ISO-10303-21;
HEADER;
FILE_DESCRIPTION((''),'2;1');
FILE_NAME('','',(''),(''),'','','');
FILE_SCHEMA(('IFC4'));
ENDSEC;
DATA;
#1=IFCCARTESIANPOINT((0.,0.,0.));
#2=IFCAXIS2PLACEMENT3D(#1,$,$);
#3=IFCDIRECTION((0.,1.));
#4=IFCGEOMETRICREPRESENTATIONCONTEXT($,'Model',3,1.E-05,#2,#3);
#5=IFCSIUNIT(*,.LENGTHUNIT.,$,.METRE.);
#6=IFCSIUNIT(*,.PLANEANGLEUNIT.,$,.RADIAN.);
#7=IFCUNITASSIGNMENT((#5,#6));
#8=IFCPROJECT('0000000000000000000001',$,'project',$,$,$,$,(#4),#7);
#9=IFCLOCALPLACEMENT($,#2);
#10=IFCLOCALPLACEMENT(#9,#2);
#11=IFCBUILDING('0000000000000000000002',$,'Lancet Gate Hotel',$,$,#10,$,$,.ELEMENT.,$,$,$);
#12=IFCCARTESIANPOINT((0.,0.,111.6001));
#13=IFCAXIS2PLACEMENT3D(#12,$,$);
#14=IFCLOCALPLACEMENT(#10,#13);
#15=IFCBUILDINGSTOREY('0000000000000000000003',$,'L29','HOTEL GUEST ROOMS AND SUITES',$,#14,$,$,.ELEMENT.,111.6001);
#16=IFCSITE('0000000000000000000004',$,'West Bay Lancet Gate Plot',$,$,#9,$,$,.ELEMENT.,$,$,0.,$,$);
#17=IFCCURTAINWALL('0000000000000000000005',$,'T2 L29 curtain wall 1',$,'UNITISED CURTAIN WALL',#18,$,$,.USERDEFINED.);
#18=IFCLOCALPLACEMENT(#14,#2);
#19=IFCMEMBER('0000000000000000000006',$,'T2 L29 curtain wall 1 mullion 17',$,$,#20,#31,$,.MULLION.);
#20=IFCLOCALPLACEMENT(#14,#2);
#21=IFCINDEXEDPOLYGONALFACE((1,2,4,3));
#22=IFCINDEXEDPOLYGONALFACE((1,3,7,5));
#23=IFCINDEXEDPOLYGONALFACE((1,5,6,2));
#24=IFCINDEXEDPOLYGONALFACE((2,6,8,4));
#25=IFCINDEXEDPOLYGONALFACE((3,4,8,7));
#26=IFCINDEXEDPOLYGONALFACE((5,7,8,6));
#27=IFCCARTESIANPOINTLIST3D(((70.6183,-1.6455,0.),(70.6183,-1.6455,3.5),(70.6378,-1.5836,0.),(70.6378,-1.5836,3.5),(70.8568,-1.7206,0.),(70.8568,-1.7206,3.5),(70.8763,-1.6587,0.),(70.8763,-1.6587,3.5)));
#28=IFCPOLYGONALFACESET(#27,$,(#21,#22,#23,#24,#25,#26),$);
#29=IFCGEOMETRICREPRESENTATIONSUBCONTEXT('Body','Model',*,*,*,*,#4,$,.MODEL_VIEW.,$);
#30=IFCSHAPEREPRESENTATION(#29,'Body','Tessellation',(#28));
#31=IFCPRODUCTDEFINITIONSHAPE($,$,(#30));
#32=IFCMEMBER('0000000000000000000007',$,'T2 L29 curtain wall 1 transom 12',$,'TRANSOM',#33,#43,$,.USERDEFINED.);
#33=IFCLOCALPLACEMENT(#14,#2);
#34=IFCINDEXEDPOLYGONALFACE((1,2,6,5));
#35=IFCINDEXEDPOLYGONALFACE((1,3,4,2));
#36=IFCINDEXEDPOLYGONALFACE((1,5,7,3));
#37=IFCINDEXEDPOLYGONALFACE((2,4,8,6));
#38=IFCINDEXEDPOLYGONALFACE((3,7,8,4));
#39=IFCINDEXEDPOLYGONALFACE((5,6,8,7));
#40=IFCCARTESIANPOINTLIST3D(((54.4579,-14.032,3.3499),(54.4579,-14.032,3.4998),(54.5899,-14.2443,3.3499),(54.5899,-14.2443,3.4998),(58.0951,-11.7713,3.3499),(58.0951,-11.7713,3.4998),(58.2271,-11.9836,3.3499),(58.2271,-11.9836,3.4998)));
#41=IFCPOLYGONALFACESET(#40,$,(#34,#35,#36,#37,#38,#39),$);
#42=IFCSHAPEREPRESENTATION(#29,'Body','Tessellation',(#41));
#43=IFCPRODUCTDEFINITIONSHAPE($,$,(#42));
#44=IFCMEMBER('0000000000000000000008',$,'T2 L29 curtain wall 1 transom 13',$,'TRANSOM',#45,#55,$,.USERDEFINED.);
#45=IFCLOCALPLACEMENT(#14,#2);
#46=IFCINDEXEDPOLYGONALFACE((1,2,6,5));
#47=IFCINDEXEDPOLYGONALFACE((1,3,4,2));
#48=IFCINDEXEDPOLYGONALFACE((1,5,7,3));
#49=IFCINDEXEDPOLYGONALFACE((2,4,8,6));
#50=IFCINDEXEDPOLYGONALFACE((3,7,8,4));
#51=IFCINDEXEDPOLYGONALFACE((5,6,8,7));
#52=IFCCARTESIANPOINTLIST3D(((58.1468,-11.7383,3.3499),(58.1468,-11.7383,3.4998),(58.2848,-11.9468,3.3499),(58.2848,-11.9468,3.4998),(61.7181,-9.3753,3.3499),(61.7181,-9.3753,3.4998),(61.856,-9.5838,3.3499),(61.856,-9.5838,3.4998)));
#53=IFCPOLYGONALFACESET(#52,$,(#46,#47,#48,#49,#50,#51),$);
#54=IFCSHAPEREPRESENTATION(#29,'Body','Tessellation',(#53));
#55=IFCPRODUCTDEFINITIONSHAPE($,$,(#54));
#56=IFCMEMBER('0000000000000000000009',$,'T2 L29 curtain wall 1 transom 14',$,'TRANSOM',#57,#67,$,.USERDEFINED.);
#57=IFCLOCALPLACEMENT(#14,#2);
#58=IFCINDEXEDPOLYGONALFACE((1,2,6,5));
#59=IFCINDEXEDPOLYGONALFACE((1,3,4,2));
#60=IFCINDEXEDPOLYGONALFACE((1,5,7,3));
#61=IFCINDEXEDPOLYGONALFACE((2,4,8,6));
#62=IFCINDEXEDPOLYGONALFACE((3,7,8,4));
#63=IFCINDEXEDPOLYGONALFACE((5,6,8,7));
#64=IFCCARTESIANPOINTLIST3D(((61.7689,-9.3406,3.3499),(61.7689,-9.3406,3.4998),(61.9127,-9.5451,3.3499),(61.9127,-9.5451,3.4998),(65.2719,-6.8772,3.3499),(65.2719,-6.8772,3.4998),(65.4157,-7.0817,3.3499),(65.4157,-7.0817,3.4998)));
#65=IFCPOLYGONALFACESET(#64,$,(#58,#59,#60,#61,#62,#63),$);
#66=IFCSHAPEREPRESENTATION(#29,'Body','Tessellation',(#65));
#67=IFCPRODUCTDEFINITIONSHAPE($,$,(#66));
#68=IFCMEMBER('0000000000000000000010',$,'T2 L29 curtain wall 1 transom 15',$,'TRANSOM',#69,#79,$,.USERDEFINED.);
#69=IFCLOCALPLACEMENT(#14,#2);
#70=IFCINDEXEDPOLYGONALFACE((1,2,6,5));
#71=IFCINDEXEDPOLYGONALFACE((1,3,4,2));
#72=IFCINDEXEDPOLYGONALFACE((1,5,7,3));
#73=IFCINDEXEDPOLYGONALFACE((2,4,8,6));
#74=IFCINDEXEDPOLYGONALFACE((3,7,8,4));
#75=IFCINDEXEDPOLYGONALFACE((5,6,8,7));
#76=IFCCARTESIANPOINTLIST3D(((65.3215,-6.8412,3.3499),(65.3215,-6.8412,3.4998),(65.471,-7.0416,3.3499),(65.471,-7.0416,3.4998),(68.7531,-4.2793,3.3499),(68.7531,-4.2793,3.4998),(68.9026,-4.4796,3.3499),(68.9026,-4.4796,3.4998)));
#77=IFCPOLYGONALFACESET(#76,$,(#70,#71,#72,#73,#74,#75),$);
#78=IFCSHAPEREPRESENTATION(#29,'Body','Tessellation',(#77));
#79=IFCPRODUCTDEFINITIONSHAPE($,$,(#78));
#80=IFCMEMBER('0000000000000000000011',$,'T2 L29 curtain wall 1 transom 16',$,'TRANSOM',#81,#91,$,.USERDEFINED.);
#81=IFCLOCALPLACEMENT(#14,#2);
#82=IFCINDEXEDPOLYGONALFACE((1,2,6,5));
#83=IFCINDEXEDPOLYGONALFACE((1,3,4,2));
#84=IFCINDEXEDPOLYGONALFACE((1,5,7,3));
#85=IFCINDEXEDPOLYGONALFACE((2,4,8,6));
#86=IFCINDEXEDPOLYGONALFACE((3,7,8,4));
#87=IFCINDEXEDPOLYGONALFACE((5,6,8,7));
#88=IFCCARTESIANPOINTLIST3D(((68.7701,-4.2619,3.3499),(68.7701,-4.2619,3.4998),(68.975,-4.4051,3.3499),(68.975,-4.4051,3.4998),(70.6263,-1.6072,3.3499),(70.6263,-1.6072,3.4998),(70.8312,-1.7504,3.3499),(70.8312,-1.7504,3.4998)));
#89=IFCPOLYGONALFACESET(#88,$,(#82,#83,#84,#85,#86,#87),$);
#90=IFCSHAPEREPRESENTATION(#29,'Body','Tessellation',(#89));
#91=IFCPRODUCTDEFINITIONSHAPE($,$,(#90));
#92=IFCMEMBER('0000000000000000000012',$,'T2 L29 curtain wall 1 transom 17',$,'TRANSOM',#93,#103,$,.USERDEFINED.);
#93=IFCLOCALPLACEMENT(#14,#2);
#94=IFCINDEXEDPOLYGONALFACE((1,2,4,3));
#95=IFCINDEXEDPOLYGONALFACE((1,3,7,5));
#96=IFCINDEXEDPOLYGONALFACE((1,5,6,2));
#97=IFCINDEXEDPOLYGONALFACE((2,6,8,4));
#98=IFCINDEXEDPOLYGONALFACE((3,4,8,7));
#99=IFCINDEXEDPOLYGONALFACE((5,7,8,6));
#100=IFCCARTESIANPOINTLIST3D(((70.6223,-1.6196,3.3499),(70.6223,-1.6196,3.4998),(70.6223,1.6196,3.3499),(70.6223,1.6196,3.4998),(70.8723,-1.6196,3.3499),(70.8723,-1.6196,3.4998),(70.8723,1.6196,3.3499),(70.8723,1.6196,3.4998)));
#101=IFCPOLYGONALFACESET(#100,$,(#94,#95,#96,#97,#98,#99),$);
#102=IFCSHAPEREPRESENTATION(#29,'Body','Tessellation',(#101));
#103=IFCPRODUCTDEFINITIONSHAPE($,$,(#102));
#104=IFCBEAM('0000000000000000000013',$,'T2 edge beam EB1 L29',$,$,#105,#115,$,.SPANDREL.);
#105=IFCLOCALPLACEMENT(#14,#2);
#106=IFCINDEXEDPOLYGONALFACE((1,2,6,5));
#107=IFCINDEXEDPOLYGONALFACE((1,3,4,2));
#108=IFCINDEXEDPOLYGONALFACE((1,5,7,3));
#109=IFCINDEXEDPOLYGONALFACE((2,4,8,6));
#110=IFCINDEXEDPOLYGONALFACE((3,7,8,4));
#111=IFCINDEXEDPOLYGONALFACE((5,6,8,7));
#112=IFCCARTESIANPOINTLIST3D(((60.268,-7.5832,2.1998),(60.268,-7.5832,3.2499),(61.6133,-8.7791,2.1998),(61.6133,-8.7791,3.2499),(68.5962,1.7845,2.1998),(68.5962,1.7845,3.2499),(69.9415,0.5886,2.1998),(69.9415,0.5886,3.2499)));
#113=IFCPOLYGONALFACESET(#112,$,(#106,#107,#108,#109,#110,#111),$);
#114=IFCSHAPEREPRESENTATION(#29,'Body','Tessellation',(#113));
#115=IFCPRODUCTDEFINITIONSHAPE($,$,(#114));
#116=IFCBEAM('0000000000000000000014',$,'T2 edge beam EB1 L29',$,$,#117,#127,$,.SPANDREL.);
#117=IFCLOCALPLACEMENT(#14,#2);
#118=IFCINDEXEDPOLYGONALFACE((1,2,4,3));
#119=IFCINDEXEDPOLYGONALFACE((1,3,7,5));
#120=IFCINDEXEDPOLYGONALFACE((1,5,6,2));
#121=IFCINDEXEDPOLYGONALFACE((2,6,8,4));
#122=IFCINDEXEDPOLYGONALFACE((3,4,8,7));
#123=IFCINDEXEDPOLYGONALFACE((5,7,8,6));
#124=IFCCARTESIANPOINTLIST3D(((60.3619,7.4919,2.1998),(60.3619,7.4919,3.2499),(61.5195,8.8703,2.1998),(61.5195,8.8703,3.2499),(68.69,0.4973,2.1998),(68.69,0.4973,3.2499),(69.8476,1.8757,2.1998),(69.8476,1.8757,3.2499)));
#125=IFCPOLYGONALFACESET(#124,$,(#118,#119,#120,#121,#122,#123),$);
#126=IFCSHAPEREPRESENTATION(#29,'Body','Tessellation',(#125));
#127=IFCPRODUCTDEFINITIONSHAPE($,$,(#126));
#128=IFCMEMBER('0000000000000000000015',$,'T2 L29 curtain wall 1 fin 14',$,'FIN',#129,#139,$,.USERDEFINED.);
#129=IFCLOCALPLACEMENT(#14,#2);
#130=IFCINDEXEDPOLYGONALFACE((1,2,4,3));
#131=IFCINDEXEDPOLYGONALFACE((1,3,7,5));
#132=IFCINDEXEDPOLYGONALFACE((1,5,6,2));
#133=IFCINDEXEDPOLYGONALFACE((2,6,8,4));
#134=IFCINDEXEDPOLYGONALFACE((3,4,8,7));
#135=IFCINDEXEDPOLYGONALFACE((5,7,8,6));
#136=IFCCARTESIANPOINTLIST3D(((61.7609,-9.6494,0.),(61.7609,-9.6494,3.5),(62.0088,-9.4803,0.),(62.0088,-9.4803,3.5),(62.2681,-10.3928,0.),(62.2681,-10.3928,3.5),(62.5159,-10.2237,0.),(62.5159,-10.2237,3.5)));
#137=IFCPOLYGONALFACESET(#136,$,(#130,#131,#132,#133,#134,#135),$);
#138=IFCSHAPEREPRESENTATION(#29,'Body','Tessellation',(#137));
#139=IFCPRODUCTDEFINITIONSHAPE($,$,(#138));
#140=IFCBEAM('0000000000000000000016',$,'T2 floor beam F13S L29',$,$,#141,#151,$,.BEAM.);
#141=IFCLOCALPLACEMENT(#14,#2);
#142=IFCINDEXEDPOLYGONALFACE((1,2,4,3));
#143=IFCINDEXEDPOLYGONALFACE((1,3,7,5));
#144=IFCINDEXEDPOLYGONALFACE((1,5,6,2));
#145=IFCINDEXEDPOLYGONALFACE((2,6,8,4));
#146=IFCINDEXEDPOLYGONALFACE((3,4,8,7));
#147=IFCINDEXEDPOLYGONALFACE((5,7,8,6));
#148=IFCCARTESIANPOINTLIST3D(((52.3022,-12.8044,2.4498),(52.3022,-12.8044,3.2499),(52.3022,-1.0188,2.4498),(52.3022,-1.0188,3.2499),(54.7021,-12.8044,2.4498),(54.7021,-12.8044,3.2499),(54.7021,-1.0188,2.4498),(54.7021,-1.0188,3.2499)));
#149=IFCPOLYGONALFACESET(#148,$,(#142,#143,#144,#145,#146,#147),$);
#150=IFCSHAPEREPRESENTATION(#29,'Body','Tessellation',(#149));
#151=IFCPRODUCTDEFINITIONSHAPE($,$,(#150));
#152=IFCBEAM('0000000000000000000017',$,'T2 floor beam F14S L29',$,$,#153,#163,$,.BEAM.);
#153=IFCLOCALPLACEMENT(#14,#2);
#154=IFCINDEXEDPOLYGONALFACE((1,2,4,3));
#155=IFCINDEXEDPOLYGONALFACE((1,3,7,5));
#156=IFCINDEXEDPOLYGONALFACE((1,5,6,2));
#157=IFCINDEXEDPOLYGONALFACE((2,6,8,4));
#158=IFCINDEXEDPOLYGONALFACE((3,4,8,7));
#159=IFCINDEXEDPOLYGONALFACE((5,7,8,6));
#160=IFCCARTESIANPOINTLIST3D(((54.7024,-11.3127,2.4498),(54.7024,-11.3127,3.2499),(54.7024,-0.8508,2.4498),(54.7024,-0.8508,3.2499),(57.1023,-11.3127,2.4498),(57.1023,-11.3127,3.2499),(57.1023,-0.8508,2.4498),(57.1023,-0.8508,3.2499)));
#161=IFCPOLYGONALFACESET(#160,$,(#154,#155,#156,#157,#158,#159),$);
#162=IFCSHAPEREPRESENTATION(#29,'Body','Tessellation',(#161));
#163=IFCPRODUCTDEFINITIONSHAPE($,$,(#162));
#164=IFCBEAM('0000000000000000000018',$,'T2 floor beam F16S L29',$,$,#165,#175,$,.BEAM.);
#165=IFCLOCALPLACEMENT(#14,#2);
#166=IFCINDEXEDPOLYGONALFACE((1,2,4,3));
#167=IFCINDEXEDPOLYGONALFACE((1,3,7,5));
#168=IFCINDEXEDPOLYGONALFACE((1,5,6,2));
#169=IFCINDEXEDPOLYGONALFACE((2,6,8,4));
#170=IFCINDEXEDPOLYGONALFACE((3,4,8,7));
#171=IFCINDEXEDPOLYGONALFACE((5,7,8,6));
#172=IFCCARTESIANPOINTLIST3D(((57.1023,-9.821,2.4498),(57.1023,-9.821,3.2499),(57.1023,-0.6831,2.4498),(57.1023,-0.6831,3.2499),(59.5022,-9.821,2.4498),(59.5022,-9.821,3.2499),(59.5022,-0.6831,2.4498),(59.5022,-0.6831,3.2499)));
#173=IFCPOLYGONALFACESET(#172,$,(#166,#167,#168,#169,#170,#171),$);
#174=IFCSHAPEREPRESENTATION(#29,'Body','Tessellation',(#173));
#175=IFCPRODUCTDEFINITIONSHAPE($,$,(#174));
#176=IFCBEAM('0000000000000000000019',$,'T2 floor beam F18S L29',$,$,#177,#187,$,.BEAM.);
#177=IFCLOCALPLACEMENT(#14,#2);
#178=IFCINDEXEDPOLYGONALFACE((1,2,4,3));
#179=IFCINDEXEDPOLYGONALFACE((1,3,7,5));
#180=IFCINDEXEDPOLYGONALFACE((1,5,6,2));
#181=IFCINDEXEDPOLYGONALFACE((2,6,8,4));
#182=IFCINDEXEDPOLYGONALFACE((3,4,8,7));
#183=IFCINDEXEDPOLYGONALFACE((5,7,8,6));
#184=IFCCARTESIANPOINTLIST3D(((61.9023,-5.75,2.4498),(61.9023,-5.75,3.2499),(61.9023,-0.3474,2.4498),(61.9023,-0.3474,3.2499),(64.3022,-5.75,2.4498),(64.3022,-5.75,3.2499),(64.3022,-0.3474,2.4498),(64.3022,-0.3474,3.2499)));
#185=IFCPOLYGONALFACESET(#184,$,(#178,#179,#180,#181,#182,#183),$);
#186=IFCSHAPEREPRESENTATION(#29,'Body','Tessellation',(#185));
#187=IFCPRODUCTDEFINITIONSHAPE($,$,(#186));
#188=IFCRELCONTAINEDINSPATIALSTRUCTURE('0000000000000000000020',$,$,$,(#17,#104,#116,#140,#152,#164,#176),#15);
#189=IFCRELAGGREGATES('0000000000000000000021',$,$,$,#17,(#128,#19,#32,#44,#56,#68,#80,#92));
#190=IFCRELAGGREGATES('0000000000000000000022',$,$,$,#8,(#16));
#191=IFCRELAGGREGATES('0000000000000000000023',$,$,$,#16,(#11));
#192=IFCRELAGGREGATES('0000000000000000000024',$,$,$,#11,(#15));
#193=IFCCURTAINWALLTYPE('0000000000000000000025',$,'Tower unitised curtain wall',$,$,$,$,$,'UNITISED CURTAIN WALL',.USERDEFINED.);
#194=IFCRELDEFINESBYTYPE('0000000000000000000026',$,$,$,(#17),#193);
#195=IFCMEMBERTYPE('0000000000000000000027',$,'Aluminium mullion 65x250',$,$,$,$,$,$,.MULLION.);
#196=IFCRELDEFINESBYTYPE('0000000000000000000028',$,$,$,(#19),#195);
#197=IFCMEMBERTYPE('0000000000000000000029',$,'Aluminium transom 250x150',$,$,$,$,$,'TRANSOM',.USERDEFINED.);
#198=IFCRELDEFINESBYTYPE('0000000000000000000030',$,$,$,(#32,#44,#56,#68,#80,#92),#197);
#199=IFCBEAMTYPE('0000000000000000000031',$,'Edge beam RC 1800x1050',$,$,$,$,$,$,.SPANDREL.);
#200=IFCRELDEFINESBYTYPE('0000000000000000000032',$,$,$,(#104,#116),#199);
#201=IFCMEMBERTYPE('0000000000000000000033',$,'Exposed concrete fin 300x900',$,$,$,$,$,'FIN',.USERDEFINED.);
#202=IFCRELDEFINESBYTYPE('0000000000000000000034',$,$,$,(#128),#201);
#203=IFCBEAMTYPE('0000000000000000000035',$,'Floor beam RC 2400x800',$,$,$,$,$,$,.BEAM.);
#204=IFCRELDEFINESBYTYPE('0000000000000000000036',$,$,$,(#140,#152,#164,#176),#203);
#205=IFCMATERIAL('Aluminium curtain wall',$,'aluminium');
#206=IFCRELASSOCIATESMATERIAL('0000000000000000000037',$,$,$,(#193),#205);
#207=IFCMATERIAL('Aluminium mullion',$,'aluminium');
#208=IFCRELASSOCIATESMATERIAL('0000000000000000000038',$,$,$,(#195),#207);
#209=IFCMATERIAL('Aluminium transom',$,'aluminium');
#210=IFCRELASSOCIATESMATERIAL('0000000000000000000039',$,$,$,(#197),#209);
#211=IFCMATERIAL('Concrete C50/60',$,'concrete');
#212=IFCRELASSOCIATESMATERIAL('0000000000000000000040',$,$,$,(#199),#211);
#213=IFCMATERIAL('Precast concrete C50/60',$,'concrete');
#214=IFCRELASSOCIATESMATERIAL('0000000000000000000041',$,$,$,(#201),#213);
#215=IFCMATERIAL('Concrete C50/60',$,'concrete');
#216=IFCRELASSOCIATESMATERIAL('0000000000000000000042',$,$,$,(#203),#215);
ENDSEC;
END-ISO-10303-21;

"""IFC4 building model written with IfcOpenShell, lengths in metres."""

from ifc_helpers import new_model, si_unit, direction, frame, origin, origin_2d, place, context, subcontext, project, spatial, rectangle, extrude, material, material_profile, profile_set, type_object, element, aggregate, save


model = new_model("IFC4")

# Units and contexts
model_context = context("Model", 3, precision=1e-05, world=origin(), true_north=direction((0.0, 1.0)))
body_context = subcontext(model_context, "Body", "Model", "MODEL_VIEW")
ifc_project = project(units=[si_unit("LENGTHUNIT", "METRE"), si_unit("PLANEANGLEUNIT", "RADIAN")], contexts=[model_context])

# Site, building, storey
site_placement = place(None, origin())
site = spatial("IfcSite", under=ifc_project, at=site_placement, Name="West Bay Lancet Gate Plot", CompositionType="ELEMENT", RefElevation=0.0)
building_placement = place(site_placement, origin())
building = spatial("IfcBuilding", under=site, at=building_placement, Name="Lancet Gate Hotel", CompositionType="ELEMENT")
storey_placement = place(building_placement, frame((0.0, 0.0, 111.6001)))
storey = spatial("IfcBuildingStorey", under=building, at=storey_placement, Name="L29", Description="HOTEL GUEST ROOMS AND SUITES", CompositionType="ELEMENT", Elevation=111.6001)

# Curtain wall, members
ifc_material_1 = material(Name="Aluminium curtain wall", Category="aluminium")
curtain_wall_type = type_object("IfcCurtainWallType", Name="Tower unitised curtain wall", ElementType="UNITISED CURTAIN WALL", PredefinedType="USERDEFINED", material=ifc_material_1)
curtain_wall_placement = place(storey_placement, origin())
curtain_wall = element("IfcCurtainWall", 1, at=curtain_wall_placement, inside=storey, type_object=curtain_wall_type, Name="T2 L29 curtain wall 1", ObjectType="UNITISED CURTAIN WALL", PredefinedType="USERDEFINED")
ifc_material_2 = material(Name="Aluminium mullion", Category="aluminium")
ifc_material_profile_1 = material_profile(ifc_material_2, rectangle(XDim=0.0649, YDim=0.25, at=origin_2d()), Name="MULLION 65x250")
ifc_profile_set_1 = profile_set([ifc_material_profile_1], Name="Aluminium mullion")
member_type_1 = type_object("IfcMemberType", Name="Aluminium mullion 65x250", PredefinedType="MULLION", material=ifc_profile_set_1)
member_1_placement = place(storey_placement, frame((70.7473, -1.6521, 0.0), z_axis=(0.0, 0.0, 1.0), x_axis=(0.300385, 0.953818, 0.0)))
member_1 = element("IfcMember", 2, at=member_1_placement, type_object=member_type_1, Name="T2 L29 curtain wall 1 mullion 17", PredefinedType="MULLION", context=body_context, shape_type="SweptSolid", body=[
    extrude(rectangle(XDim=0.0649, YDim=0.25, at=origin_2d()), origin(), (0.0, 0.0, 1.0), 3.5),
])
ifc_material_3 = material(Name="Aluminium transom", Category="aluminium")
ifc_material_profile_2 = material_profile(ifc_material_3, rectangle(XDim=0.25, YDim=0.1499, at=origin_2d()), Name="TRANSOM 250x150")
ifc_profile_set_2 = profile_set([ifc_material_profile_2], Name="Aluminium transom")
member_type_2 = type_object("IfcMemberType", Name="Aluminium transom 250x150", ElementType="TRANSOM", PredefinedType="USERDEFINED", material=ifc_profile_set_2)
member_2_placement = place(storey_placement, frame((54.5239, -14.1382, 3.4248), z_axis=(0.849309, 0.527896, 0.0), x_axis=(-0.527896, 0.849309, 0.0)))
member_2 = element("IfcMember", 3, at=member_2_placement, type_object=member_type_2, Name="T2 L29 curtain wall 1 transom 12", ObjectType="TRANSOM", PredefinedType="USERDEFINED", context=body_context, shape_type="SweptSolid", body=[
    extrude(rectangle(XDim=0.25, YDim=0.1499, at=origin_2d()), origin(), (0.0, 0.0, 1.0), 4.2825),
])
member_3_placement = place(storey_placement, frame((58.2158, -11.8425, 3.4248), z_axis=(0.833966, 0.551816, 0.0), x_axis=(-0.551816, 0.833966, 0.0)))
member_3 = element("IfcMember", 4, at=member_3_placement, type_object=member_type_2, Name="T2 L29 curtain wall 1 transom 13", ObjectType="TRANSOM", PredefinedType="USERDEFINED", context=body_context, shape_type="SweptSolid", body=[
    extrude(rectangle(XDim=0.25, YDim=0.1499, at=origin_2d()), origin(), (0.0, 0.0, 1.0), 4.2822),
])
member_4_placement = place(storey_placement, frame((61.8408, -9.4429, 3.4248), z_axis=(0.817987, 0.575236, 0.0), x_axis=(-0.575236, 0.817987, 0.0)))
member_4 = element("IfcMember", 5, at=member_4_placement, type_object=member_type_2, Name="T2 L29 curtain wall 1 transom 14", ObjectType="TRANSOM", PredefinedType="USERDEFINED", context=body_context, shape_type="SweptSolid", body=[
    extrude(rectangle(XDim=0.25, YDim=0.1499, at=origin_2d()), origin(), (0.0, 0.0, 1.0), 4.2825),
])
member_5_placement = place(storey_placement, frame((65.3962, -6.9414, 3.4248), z_axis=(0.801312, 0.598247, 0.0), x_axis=(-0.598247, 0.801312, 0.0)))
member_5 = element("IfcMember", 6, at=member_5_placement, type_object=member_type_2, Name="T2 L29 curtain wall 1 transom 15", ObjectType="TRANSOM", PredefinedType="USERDEFINED", context=body_context, shape_type="SweptSolid", body=[
    extrude(rectangle(XDim=0.25, YDim=0.1499, at=origin_2d()), origin(), (0.0, 0.0, 1.0), 4.2825),
])
member_6_placement = place(storey_placement, frame((68.8726, -4.3335, 3.4248), z_axis=(0.573017, 0.819543, 0.0), x_axis=(-0.819543, 0.573017, 0.0)))
member_6 = element("IfcMember", 7, at=member_6_placement, type_object=member_type_2, Name="T2 L29 curtain wall 1 transom 16", ObjectType="TRANSOM", PredefinedType="USERDEFINED", context=body_context, shape_type="SweptSolid", body=[
    extrude(rectangle(XDim=0.25, YDim=0.1499, at=origin_2d()), origin(), (0.0, 0.0, 1.0), 3.2393),
])
member_7_placement = place(storey_placement, frame((70.7473, -1.6196, 3.4248), z_axis=(0.0, 1.0, 0.0), x_axis=(-1.0, 0.0, 0.0)))
member_7 = element("IfcMember", 8, at=member_7_placement, type_object=member_type_2, Name="T2 L29 curtain wall 1 transom 17", ObjectType="TRANSOM", PredefinedType="USERDEFINED", context=body_context, shape_type="SweptSolid", body=[
    extrude(rectangle(XDim=0.25, YDim=0.1499, at=origin_2d()), origin(), (0.0, 0.0, 1.0), 3.2393),
])

# Beams
ifc_material_4 = material(Name="Concrete C50/60", Category="concrete")
ifc_material_profile_3 = material_profile(ifc_material_4, rectangle(XDim=1.8, YDim=1.05, at=origin_2d()), Name="RC 1800x1050")
ifc_profile_set_3 = profile_set([ifc_material_profile_3], Name="Concrete C50/60")
beam_type_1 = type_object("IfcBeamType", Name="Edge beam RC 1800x1050", PredefinedType="SPANDREL", material=ifc_profile_set_3)
beam_1_placement = place(storey_placement, frame((60.9407, -8.1812, 2.7249), z_axis=(0.664422, 0.747358, 0.0), x_axis=(-0.747358, 0.664422, 0.0)))
element("IfcBeam", 9, at=beam_1_placement, inside=storey, type_object=beam_type_1, Name="T2 edge beam EB1 L29", PredefinedType="SPANDREL", context=body_context, shape_type="SweptSolid", body=[
    extrude(rectangle(XDim=1.8, YDim=1.05, at=origin_2d()), origin(), (0.0, 0.0, 1.0), 12.5344),
])
beam_2_placement = place(storey_placement, frame((69.2688, 1.1865, 2.7249), z_axis=(-0.76575, 0.643138, 0.0), x_axis=(-0.643138, -0.76575, 0.0)))
element("IfcBeam", 10, at=beam_2_placement, inside=storey, type_object=beam_type_1, Name="T2 edge beam EB1 L29", PredefinedType="SPANDREL", context=body_context, shape_type="SweptSolid", body=[
    extrude(rectangle(XDim=1.8, YDim=1.05, at=origin_2d()), origin(), (0.0, 0.0, 1.0), 10.8757),
])

# Member
ifc_material_5 = material(Name="Precast concrete C50/60", Category="concrete")
ifc_material_profile_4 = material_profile(ifc_material_5, rectangle(XDim=0.3, YDim=0.8999, at=origin_2d()), Name="FIN 300x900")
ifc_profile_set_4 = profile_set([ifc_material_profile_4], Name="Precast concrete C50/60")
member_type_3 = type_object("IfcMemberType", Name="Exposed concrete fin 300x900", ElementType="FIN", PredefinedType="USERDEFINED", material=ifc_profile_set_4)
member_8_placement = place(storey_placement, frame((62.1384, -9.9365, 0.0), z_axis=(0.0, 0.0, 1.0), x_axis=(0.826066, 0.563574, 0.0)))
member_8 = element("IfcMember", 11, at=member_8_placement, type_object=member_type_3, Name="T2 L29 curtain wall 1 fin 14", ObjectType="FIN", PredefinedType="USERDEFINED", context=body_context, shape_type="SweptSolid", body=[
    extrude(rectangle(XDim=0.3, YDim=0.8999, at=origin_2d()), origin(), (0.0, 0.0, 1.0), 3.5),
])

# Beams
ifc_material_6 = material(Name="Concrete C50/60", Category="concrete")
ifc_material_profile_5 = material_profile(ifc_material_6, rectangle(XDim=2.3999, YDim=0.8, at=origin_2d()), Name="RC 2400x800")
ifc_profile_set_5 = profile_set([ifc_material_profile_5], Name="Concrete C50/60")
beam_type_2 = type_object("IfcBeamType", Name="Floor beam RC 2400x800", PredefinedType="BEAM", material=ifc_profile_set_5)
beam_3_placement = place(storey_placement, frame((53.5022, -12.8044, 2.8499), z_axis=(0.0, 1.0, 0.0), x_axis=(-1.0, 0.0, 0.0)))
element("IfcBeam", 12, at=beam_3_placement, inside=storey, type_object=beam_type_2, Name="T2 floor beam F13S L29", PredefinedType="BEAM", context=body_context, shape_type="SweptSolid", body=[
    extrude(rectangle(XDim=2.3999, YDim=0.8, at=origin_2d()), origin(), (0.0, 0.0, 1.0), 11.7856),
])
beam_4_placement = place(storey_placement, frame((55.9023, -11.3127, 2.8499), z_axis=(0.0, 1.0, 0.0), x_axis=(-1.0, 0.0, 0.0)))
element("IfcBeam", 13, at=beam_4_placement, inside=storey, type_object=beam_type_2, Name="T2 floor beam F14S L29", PredefinedType="BEAM", context=body_context, shape_type="SweptSolid", body=[
    extrude(rectangle(XDim=2.3999, YDim=0.8, at=origin_2d()), origin(), (0.0, 0.0, 1.0), 10.4619),
])
beam_5_placement = place(storey_placement, frame((58.3022, -9.821, 2.8499), z_axis=(0.0, 1.0, 0.0), x_axis=(-1.0, 0.0, 0.0)))
element("IfcBeam", 14, at=beam_5_placement, inside=storey, type_object=beam_type_2, Name="T2 floor beam F16S L29", PredefinedType="BEAM", context=body_context, shape_type="SweptSolid", body=[
    extrude(rectangle(XDim=2.3999, YDim=0.8, at=origin_2d()), origin(), (0.0, 0.0, 1.0), 9.1379),
])
beam_6_placement = place(storey_placement, frame((63.1023, -5.75, 2.8499), z_axis=(0.0, 1.0, 0.0), x_axis=(-1.0, 0.0, 0.0)))
element("IfcBeam", 15, at=beam_6_placement, inside=storey, type_object=beam_type_2, Name="T2 floor beam F18S L29", PredefinedType="BEAM", context=body_context, shape_type="SweptSolid", body=[
    extrude(rectangle(XDim=2.3999, YDim=0.8, at=origin_2d()), origin(), (0.0, 0.0, 1.0), 5.4026),
])

aggregate(curtain_wall, [member_8, member_1, member_2, member_3, member_4, member_5, member_6, member_7])

save(model, "model.ifc")
